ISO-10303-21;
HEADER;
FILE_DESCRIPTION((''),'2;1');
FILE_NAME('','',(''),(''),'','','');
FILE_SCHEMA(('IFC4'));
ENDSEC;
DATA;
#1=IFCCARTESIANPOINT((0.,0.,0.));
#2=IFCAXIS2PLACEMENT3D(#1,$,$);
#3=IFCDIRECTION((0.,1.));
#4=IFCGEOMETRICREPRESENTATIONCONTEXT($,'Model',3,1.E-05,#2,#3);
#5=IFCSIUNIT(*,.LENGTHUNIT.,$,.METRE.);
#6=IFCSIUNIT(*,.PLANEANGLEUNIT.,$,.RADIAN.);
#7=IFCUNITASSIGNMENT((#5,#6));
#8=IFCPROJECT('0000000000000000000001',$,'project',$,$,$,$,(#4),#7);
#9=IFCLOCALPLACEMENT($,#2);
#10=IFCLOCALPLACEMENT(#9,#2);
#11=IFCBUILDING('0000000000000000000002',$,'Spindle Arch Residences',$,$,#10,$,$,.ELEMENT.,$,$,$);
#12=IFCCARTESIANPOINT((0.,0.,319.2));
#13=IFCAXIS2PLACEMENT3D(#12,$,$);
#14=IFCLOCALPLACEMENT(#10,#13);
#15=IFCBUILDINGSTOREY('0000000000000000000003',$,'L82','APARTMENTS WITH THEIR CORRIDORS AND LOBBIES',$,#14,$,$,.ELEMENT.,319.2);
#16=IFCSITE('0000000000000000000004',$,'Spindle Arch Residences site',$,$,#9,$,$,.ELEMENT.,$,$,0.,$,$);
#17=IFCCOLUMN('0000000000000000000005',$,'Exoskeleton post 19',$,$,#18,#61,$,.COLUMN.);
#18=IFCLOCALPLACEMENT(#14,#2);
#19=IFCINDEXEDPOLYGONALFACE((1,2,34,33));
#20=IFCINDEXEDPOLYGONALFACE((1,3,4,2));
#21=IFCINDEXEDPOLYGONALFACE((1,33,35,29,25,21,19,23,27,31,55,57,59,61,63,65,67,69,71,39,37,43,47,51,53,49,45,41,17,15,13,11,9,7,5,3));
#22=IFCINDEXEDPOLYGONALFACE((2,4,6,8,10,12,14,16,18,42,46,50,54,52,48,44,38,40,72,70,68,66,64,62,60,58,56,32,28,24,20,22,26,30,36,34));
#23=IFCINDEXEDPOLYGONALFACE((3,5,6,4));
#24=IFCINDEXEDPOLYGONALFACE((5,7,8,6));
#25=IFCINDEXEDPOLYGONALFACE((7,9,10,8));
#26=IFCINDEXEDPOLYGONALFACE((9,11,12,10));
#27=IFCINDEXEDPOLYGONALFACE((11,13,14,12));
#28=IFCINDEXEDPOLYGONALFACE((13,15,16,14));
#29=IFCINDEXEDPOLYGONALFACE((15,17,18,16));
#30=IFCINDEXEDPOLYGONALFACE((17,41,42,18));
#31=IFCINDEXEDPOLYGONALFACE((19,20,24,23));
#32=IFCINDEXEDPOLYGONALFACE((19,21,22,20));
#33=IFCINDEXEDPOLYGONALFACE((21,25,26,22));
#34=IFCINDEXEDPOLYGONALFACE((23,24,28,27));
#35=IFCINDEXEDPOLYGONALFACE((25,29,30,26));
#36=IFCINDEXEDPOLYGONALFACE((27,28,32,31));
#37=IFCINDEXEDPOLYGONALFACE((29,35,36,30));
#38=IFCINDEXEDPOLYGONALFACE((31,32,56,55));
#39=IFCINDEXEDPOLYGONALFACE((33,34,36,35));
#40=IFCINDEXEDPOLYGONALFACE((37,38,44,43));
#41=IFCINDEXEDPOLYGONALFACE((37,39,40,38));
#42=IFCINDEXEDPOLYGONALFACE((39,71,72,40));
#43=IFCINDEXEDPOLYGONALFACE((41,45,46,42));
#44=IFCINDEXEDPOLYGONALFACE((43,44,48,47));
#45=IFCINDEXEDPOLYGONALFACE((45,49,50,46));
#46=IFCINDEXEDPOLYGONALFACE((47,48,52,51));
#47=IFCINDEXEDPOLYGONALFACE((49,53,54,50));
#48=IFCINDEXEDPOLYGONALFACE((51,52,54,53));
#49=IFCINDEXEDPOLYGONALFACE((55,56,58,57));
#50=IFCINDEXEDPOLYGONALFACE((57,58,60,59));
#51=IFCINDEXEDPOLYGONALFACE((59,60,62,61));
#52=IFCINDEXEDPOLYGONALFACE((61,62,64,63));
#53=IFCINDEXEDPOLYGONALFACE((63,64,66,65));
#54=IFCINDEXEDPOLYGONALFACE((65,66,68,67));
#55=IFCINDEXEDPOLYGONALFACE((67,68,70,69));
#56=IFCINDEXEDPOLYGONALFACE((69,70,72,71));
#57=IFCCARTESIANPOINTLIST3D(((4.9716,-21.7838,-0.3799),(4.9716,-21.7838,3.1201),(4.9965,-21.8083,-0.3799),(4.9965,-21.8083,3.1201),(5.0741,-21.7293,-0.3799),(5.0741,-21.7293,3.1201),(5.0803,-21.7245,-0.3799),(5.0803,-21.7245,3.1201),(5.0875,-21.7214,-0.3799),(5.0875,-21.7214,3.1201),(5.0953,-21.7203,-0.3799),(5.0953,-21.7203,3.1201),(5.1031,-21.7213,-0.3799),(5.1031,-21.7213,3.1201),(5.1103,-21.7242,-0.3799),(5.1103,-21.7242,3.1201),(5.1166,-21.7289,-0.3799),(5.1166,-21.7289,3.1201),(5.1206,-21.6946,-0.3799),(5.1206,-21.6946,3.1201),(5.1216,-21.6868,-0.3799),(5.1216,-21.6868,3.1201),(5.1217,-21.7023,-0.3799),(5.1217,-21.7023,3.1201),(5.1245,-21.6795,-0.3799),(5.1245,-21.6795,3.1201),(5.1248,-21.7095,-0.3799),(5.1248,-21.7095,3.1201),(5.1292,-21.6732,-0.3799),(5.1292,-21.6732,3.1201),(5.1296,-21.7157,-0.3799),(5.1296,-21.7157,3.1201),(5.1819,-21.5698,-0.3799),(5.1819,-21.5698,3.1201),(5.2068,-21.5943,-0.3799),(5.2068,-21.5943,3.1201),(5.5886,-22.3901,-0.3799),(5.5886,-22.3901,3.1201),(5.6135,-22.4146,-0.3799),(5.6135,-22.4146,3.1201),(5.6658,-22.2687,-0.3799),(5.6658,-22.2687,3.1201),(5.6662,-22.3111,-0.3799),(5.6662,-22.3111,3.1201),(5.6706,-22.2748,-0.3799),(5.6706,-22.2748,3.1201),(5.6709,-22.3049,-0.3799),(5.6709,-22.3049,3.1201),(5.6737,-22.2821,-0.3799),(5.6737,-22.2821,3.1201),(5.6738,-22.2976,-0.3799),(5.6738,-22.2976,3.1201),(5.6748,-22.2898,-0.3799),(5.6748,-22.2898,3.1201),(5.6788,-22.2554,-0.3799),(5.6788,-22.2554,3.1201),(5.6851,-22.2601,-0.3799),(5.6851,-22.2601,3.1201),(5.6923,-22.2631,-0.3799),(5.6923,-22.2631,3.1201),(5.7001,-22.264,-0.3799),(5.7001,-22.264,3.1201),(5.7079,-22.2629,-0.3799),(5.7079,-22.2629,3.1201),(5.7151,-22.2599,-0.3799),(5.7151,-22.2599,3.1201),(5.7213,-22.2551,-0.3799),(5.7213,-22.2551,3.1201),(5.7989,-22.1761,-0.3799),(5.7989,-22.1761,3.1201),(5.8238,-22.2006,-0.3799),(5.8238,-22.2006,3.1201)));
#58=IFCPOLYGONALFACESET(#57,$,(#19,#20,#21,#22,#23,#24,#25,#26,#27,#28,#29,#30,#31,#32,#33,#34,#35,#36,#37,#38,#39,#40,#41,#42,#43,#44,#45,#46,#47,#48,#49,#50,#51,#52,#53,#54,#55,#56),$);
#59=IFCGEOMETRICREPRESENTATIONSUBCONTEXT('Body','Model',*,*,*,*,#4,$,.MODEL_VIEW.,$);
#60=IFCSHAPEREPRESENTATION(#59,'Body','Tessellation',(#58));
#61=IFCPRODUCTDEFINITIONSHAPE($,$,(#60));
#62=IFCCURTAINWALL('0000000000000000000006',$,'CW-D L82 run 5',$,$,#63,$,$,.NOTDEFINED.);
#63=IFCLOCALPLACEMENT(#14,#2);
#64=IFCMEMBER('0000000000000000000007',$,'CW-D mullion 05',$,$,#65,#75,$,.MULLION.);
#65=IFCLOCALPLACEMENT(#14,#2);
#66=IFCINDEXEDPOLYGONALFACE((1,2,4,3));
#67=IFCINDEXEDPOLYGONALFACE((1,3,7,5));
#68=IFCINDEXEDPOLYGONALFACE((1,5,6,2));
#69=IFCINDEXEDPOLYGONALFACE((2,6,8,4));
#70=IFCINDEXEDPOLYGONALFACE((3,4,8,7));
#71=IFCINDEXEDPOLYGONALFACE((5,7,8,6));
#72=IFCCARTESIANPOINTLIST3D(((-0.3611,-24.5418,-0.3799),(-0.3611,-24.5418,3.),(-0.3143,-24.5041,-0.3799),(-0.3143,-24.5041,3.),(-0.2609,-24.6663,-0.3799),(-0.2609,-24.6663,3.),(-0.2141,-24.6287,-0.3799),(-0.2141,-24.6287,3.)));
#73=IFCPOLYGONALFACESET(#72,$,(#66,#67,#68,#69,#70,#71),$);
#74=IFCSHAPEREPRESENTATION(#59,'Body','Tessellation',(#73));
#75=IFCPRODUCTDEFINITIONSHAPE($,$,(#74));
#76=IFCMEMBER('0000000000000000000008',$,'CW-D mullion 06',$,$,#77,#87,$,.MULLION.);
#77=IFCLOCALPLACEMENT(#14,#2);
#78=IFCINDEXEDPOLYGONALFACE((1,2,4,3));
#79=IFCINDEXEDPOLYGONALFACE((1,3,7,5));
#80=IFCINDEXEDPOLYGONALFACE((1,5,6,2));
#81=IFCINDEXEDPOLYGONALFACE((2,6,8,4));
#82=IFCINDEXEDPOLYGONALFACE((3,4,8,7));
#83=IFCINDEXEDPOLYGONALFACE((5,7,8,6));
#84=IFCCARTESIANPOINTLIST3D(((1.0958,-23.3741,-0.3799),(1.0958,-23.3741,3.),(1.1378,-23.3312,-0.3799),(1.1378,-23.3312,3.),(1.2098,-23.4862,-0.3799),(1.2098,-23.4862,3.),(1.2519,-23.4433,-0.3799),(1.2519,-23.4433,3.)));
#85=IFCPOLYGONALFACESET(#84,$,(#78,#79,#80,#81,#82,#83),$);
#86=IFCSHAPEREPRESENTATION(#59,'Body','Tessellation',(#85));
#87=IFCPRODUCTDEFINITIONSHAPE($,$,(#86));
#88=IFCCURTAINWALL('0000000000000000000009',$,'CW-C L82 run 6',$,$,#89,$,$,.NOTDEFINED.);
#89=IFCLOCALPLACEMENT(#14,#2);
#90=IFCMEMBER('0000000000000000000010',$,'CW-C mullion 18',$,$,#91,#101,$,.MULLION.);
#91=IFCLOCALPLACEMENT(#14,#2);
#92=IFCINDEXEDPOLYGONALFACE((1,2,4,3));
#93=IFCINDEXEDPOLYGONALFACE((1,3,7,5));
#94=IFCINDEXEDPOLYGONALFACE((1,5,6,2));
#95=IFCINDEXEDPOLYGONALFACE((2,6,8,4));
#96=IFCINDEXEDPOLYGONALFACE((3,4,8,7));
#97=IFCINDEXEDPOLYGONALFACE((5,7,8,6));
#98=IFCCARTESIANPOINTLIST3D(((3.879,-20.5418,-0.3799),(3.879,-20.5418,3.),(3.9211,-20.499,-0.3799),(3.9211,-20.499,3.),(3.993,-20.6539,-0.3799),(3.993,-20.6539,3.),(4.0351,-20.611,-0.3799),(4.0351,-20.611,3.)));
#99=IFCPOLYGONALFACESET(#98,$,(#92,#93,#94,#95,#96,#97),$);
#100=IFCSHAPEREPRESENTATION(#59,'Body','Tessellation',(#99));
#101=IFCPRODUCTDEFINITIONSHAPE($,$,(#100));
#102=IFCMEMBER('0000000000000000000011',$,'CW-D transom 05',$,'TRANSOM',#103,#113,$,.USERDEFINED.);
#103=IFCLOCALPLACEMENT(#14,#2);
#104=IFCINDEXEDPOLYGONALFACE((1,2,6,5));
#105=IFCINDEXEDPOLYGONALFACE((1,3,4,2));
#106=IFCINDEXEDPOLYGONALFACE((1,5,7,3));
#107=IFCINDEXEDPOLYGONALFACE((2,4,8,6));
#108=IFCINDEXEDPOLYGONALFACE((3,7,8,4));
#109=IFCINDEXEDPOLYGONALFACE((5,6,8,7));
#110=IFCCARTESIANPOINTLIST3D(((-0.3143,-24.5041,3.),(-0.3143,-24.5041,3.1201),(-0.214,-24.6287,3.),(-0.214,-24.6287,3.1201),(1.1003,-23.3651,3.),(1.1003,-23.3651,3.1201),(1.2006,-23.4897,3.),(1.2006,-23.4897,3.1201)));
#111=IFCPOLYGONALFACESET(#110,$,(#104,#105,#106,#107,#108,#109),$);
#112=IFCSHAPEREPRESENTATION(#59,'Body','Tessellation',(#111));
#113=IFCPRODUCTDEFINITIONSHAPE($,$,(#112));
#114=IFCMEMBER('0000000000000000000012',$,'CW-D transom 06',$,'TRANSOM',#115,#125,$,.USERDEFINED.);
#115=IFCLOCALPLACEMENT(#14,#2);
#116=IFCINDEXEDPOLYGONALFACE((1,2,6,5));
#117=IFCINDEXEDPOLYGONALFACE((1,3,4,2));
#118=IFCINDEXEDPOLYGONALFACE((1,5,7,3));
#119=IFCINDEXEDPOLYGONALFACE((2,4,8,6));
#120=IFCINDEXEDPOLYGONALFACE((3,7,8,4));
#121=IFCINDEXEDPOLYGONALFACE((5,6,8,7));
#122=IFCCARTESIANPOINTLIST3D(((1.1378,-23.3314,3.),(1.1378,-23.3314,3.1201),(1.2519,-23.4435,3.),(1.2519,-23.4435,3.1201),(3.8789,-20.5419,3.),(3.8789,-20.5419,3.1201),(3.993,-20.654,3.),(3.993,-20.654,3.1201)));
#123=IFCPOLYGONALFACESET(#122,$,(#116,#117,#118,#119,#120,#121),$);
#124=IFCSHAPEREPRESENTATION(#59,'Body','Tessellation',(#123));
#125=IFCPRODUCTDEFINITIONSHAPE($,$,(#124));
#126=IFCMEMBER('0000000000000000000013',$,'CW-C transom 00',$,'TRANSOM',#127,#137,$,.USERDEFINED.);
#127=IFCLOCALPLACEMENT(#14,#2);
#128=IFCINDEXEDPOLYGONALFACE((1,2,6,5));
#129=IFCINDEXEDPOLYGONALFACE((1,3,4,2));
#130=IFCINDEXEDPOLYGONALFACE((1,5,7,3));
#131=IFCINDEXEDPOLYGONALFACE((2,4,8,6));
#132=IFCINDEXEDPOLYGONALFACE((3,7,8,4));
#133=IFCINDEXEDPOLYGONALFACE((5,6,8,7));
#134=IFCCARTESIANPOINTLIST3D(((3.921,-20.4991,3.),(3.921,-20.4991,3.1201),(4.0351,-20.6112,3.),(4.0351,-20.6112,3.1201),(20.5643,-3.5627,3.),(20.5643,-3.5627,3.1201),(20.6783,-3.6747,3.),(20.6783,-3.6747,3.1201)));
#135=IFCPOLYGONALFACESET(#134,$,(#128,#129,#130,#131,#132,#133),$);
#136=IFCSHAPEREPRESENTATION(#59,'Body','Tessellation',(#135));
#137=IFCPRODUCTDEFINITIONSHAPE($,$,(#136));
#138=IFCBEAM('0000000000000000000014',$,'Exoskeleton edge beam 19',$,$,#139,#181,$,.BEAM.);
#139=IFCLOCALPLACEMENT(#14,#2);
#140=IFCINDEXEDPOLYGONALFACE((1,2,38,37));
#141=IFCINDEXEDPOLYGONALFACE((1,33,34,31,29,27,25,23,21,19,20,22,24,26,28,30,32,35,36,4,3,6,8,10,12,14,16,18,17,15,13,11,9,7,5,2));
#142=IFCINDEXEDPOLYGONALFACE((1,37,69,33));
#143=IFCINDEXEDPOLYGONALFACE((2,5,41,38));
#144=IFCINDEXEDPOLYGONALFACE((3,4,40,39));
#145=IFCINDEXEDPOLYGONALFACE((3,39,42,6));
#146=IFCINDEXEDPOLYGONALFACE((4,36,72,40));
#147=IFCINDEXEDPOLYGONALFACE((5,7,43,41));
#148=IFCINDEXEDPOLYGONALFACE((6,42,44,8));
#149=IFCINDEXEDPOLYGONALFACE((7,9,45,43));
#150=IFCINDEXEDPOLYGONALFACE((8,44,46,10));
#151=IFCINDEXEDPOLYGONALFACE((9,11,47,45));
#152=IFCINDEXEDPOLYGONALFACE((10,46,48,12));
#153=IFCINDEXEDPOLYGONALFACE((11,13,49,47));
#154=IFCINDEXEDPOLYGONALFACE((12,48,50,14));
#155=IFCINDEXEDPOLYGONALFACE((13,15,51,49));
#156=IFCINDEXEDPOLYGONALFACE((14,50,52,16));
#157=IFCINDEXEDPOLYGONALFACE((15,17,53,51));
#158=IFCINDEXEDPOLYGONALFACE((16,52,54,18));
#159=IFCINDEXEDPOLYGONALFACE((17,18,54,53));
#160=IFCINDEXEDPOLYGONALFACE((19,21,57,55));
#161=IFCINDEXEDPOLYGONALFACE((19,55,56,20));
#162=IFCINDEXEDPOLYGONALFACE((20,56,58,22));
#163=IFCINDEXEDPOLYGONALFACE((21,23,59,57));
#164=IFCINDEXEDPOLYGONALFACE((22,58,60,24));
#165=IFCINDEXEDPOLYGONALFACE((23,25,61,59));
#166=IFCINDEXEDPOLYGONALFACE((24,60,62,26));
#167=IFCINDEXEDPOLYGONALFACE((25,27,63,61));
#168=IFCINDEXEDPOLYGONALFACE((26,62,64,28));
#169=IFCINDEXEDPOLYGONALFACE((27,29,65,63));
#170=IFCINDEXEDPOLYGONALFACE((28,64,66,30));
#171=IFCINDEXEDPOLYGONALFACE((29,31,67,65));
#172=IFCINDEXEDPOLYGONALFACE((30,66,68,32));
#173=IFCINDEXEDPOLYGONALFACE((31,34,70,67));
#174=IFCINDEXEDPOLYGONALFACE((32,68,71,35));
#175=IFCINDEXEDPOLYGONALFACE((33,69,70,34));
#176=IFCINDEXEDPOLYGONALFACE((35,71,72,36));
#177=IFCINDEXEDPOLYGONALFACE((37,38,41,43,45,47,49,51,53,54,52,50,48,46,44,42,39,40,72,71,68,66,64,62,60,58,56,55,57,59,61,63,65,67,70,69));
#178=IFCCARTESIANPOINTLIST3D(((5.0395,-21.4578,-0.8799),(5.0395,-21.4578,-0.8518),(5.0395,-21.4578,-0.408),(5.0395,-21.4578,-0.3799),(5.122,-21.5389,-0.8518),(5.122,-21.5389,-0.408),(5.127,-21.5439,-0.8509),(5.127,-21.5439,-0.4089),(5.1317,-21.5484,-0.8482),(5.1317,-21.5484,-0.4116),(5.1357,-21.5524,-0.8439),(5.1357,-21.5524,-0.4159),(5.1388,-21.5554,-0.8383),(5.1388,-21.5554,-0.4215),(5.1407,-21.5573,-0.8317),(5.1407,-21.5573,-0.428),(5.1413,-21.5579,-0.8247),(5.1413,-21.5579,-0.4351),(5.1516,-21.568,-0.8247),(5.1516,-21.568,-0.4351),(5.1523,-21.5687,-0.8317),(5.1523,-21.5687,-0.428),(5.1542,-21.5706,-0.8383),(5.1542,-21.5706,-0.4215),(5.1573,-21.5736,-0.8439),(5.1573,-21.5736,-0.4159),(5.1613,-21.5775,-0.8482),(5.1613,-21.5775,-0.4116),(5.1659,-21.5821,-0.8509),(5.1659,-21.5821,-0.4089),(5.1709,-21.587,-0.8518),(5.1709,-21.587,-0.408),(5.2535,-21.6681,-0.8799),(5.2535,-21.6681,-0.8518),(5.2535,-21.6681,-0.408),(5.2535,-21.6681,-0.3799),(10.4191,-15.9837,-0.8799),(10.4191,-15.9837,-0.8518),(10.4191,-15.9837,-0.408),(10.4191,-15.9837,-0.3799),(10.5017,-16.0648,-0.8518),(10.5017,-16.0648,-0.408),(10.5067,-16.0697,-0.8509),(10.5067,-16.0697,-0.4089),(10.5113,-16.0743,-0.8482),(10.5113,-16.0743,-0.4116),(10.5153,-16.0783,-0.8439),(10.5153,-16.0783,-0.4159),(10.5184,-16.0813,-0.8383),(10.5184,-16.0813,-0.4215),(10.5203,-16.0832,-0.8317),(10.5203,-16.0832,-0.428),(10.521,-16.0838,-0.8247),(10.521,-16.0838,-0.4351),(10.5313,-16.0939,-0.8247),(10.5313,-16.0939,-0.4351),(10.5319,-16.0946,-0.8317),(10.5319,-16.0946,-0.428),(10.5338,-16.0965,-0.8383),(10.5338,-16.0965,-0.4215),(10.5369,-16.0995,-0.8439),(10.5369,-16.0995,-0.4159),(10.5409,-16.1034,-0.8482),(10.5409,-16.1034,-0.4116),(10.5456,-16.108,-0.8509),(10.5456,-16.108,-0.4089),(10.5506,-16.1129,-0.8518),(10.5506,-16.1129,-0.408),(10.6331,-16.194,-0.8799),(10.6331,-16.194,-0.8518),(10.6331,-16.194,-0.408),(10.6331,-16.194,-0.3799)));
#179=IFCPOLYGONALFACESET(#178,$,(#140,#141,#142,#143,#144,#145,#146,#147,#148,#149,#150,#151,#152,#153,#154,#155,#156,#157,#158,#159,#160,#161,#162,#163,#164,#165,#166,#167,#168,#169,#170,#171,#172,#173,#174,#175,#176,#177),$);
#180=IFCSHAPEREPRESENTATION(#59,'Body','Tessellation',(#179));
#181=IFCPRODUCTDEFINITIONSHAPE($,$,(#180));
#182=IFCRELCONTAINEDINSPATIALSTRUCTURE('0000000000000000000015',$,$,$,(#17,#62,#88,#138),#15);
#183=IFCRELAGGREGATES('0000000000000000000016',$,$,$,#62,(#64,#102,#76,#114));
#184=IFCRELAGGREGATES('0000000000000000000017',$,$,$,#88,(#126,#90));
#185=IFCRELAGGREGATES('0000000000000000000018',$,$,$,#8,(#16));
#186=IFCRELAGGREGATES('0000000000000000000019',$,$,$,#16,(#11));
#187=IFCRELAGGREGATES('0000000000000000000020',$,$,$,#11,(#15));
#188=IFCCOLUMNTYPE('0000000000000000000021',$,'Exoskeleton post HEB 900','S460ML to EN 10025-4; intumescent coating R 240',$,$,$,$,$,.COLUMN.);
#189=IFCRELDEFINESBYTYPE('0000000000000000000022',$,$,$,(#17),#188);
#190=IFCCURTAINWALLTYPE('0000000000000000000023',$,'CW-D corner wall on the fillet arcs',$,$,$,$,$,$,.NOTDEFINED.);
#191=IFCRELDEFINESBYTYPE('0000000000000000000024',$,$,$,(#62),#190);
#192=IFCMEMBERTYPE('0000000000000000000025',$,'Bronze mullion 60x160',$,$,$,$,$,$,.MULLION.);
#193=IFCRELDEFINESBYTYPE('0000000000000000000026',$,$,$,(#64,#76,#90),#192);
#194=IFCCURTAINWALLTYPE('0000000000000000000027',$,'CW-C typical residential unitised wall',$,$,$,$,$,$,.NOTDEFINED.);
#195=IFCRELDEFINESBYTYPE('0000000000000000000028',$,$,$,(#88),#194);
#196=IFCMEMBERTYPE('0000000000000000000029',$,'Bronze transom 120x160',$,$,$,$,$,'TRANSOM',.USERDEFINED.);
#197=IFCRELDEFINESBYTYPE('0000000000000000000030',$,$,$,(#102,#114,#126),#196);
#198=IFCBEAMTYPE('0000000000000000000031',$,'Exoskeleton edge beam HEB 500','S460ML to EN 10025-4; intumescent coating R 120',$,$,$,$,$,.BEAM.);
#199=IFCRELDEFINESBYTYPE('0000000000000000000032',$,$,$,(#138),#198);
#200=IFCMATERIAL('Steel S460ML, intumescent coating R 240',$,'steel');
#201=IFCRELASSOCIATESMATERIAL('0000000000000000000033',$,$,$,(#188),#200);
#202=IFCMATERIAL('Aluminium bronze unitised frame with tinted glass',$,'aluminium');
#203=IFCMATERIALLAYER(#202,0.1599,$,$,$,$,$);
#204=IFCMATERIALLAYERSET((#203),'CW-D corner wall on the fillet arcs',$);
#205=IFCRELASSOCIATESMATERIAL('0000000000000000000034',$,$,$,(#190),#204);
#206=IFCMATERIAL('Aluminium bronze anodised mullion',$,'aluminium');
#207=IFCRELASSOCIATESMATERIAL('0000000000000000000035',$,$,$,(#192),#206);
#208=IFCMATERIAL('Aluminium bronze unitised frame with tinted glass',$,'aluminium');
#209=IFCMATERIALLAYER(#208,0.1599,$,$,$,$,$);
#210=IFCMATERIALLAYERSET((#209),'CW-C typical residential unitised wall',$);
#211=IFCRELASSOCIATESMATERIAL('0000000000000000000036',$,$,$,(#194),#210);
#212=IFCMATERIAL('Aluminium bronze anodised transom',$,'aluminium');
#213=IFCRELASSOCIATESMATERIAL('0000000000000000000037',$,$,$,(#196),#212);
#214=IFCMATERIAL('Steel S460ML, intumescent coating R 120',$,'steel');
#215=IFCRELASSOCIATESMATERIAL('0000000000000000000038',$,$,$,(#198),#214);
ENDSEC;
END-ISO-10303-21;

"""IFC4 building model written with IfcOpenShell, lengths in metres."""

from ifc_helpers import new_model, si_unit, direction, frame, origin, origin_2d, place, context, subcontext, project, spatial, rectangle, i_section, extrude, material, layer, layer_set, material_profile, profile_set, type_object, element, aggregate, save


model = new_model("IFC4")

# Units and contexts
model_context = context("Model", 3, precision=1e-05, world=origin(), true_north=direction((0.0, 1.0)))
body_context = subcontext(model_context, "Body", "Model", "MODEL_VIEW")
ifc_project = project(units=[si_unit("LENGTHUNIT", "METRE"), si_unit("PLANEANGLEUNIT", "RADIAN")], contexts=[model_context])

# Site, building, storey
site_placement = place(None, origin())
site = spatial("IfcSite", under=ifc_project, at=site_placement, Name="Spindle Arch Residences site", CompositionType="ELEMENT", RefElevation=0.0)
building_placement = place(site_placement, origin())
building = spatial("IfcBuilding", under=site, at=building_placement, Name="Spindle Arch Residences", CompositionType="ELEMENT")
storey_placement = place(building_placement, frame((0.0, 0.0, 319.2)))
storey = spatial("IfcBuildingStorey", under=building, at=storey_placement, Name="L82", Description="APARTMENTS WITH THEIR CORRIDORS AND LOBBIES", CompositionType="ELEMENT", Elevation=319.2)

# Column
ifc_material_1 = material(Name="Steel S460ML, intumescent coating R 240", Category="steel")
ifc_material_profile_1 = material_profile(ifc_material_1, i_section(OverallWidth=0.3, OverallDepth=0.8999, WebThickness=0.0186, FlangeThickness=0.0349, FilletRadius=0.03, at=origin_2d()), Name="HEB 900")
ifc_profile_set_1 = profile_set([ifc_material_profile_1], Name="Steel S460ML, intumescent coating R 240")
column_type = type_object("IfcColumnType", Name="Exoskeleton post HEB 900", Description="S460ML to EN 10025-4; intumescent coating R 240", PredefinedType="COLUMN", material=ifc_profile_set_1)
column_placement = place(storey_placement, frame((5.3977, -21.9922, -0.3799), z_axis=(0.0, 0.0, 1.0), x_axis=(-0.700909, -0.71325, 0.0)))
element("IfcColumn", 1, at=column_placement, inside=storey, type_object=column_type, Name="Exoskeleton post 19", PredefinedType="COLUMN", context=body_context, shape_type="SweptSolid", body=[
    extrude(i_section(OverallWidth=0.3, OverallDepth=0.8999, WebThickness=0.0186, FlangeThickness=0.0349, FilletRadius=0.03, at=origin_2d()), origin(), (0.0, 0.0, 1.0), 3.5),
])

# Curtain wall, members
ifc_material_2 = material(Name="Aluminium bronze unitised frame with tinted glass", Category="aluminium")
ifc_layer_1 = layer(ifc_material_2, 0.1599)
ifc_layer_set_1 = layer_set([ifc_layer_1], Name="CW-D corner wall on the fillet arcs")
curtain_wall_type_1 = type_object("IfcCurtainWallType", Name="CW-D corner wall on the fillet arcs", PredefinedType="NOTDEFINED", material=ifc_layer_set_1)
curtain_wall_1_placement = place(storey_placement, origin())
curtain_wall_1 = element("IfcCurtainWall", 2, at=curtain_wall_1_placement, inside=storey, type_object=curtain_wall_type_1, Name="CW-D L82 run 5", PredefinedType="NOTDEFINED")
ifc_material_3 = material(Name="Aluminium bronze anodised mullion", Category="aluminium")
ifc_material_profile_2 = material_profile(ifc_material_3, rectangle(XDim=0.1599, YDim=0.0601, at=origin_2d()), Name="MU 60x160")
ifc_profile_set_2 = profile_set([ifc_material_profile_2], Name="Aluminium bronze anodised mullion")
member_type_1 = type_object("IfcMemberType", Name="Bronze mullion 60x160", PredefinedType="MULLION", material=ifc_profile_set_2)
member_1_placement = place(storey_placement, frame((-0.2876, -24.5852, -0.3799), z_axis=(0.0, 0.0, 1.0), x_axis=(-0.627057, 0.778973, 0.0)))
member_1 = element("IfcMember", 3, at=member_1_placement, type_object=member_type_1, Name="CW-D mullion 05", PredefinedType="MULLION", context=body_context, shape_type="SweptSolid", body=[
    extrude(rectangle(XDim=0.1599, YDim=0.0601, at=origin_2d()), origin(), (0.0, 0.0, 1.0), 3.3799),
])
member_2_placement = place(storey_placement, frame((1.1738, -23.4087, -0.3799), z_axis=(0.0, 0.0, 1.0), x_axis=(-0.71325, 0.700909, 0.0)))
member_2 = element("IfcMember", 4, at=member_2_placement, type_object=member_type_1, Name="CW-D mullion 06", PredefinedType="MULLION", context=body_context, shape_type="SweptSolid", body=[
    extrude(rectangle(XDim=0.1599, YDim=0.0601, at=origin_2d()), origin(), (0.0, 0.0, 1.0), 3.3799),
])

# Curtain wall, member
ifc_material_4 = material(Name="Aluminium bronze unitised frame with tinted glass", Category="aluminium")
ifc_layer_2 = layer(ifc_material_4, 0.1599)
ifc_layer_set_2 = layer_set([ifc_layer_2], Name="CW-C typical residential unitised wall")
curtain_wall_type_2 = type_object("IfcCurtainWallType", Name="CW-C typical residential unitised wall", PredefinedType="NOTDEFINED", material=ifc_layer_set_2)
curtain_wall_2_placement = place(storey_placement, origin())
curtain_wall_2 = element("IfcCurtainWall", 5, at=curtain_wall_2_placement, inside=storey, type_object=curtain_wall_type_2, Name="CW-C L82 run 6", PredefinedType="NOTDEFINED")
member_3_placement = place(storey_placement, frame((3.957, -20.5764, -0.3799), z_axis=(0.0, 0.0, 1.0), x_axis=(-0.71325, 0.700909, 0.0)))
member_3 = element("IfcMember", 6, at=member_3_placement, type_object=member_type_1, Name="CW-C mullion 18", PredefinedType="MULLION", context=body_context, shape_type="SweptSolid", body=[
    extrude(rectangle(XDim=0.1599, YDim=0.0601, at=origin_2d()), origin(), (0.0, 0.0, 1.0), 3.3799),
])

# Members
ifc_material_5 = material(Name="Aluminium bronze anodised transom", Category="aluminium")
ifc_material_profile_3 = material_profile(ifc_material_5, rectangle(XDim=0.1599, YDim=0.1201, at=origin_2d()), Name="TR 120x160")
ifc_profile_set_3 = profile_set([ifc_material_profile_3], Name="Aluminium bronze anodised transom")
member_type_2 = type_object("IfcMemberType", Name="Bronze transom 120x160", ElementType="TRANSOM", PredefinedType="USERDEFINED", material=ifc_profile_set_3)
member_4_placement = place(storey_placement, frame((-0.2642, -24.5664, 3.0601), z_axis=(0.778911, 0.627135, 0.0), x_axis=(-0.627135, 0.778911, 0.0)))
member_4 = element("IfcMember", 7, at=member_4_placement, type_object=member_type_2, Name="CW-D transom 05", ObjectType="TRANSOM", PredefinedType="USERDEFINED", context=body_context, shape_type="SweptSolid", body=[
    extrude(rectangle(XDim=0.1599, YDim=0.1201, at=origin_2d()), origin(), (0.0, 0.0, 1.0), 1.8162),
])
member_5_placement = place(storey_placement, frame((1.1948, -23.3875, 3.0601), z_axis=(0.7009, 0.71326, 0.0), x_axis=(-0.71326, 0.7009, 0.0)))
member_5 = element("IfcMember", 8, at=member_5_placement, type_object=member_type_2, Name="CW-D transom 06", ObjectType="TRANSOM", PredefinedType="USERDEFINED", context=body_context, shape_type="SweptSolid", body=[
    extrude(rectangle(XDim=0.1599, YDim=0.1201, at=origin_2d()), origin(), (0.0, 0.0, 1.0), 3.9109),
])
member_6_placement = place(storey_placement, frame((3.978, -20.5552, 3.0601), z_axis=(0.700906, 0.713254, 0.0), x_axis=(-0.713254, 0.700906, 0.0)))
member_6 = element("IfcMember", 9, at=member_6_placement, type_object=member_type_2, Name="CW-C transom 00", ObjectType="TRANSOM", PredefinedType="USERDEFINED", context=body_context, shape_type="SweptSolid", body=[
    extrude(rectangle(XDim=0.1599, YDim=0.1201, at=origin_2d()), origin(), (0.0, 0.0, 1.0), 23.7454),
])

# Beam
ifc_material_6 = material(Name="Steel S460ML, intumescent coating R 120", Category="steel")
ifc_material_profile_4 = material_profile(ifc_material_6, i_section(OverallWidth=0.3, OverallDepth=0.5, WebThickness=0.0144, FlangeThickness=0.0281, FilletRadius=0.0271, at=origin_2d()), Name="HEB 500")
ifc_profile_set_4 = profile_set([ifc_material_profile_4], Name="Steel S460ML, intumescent coating R 120")
beam_type_1 = type_object("IfcBeamType", Name="Exoskeleton edge beam HEB 500", Description="S460ML to EN 10025-4; intumescent coating R 120", PredefinedType="BEAM", material=ifc_profile_set_4)
beam_1_placement = place(storey_placement, frame((5.1465, -21.563, -0.6299), z_axis=(0.700925, 0.713235, 0.0), x_axis=(-0.713235, 0.700925, 0.0)))
element("IfcBeam", 10, at=beam_1_placement, inside=storey, type_object=beam_type_1, Name="Exoskeleton edge beam 19", PredefinedType="BEAM", context=body_context, shape_type="SweptSolid", body=[
    extrude(i_section(OverallWidth=0.3, OverallDepth=0.5, WebThickness=0.0144, FlangeThickness=0.0281, FilletRadius=0.0271, at=origin_2d()), origin(), (0.0, 0.0, 1.0), 7.675),
])

aggregate(curtain_wall_1, [member_1, member_4, member_2, member_5])
aggregate(curtain_wall_2, [member_6, member_3])

save(model, "model.ifc")
